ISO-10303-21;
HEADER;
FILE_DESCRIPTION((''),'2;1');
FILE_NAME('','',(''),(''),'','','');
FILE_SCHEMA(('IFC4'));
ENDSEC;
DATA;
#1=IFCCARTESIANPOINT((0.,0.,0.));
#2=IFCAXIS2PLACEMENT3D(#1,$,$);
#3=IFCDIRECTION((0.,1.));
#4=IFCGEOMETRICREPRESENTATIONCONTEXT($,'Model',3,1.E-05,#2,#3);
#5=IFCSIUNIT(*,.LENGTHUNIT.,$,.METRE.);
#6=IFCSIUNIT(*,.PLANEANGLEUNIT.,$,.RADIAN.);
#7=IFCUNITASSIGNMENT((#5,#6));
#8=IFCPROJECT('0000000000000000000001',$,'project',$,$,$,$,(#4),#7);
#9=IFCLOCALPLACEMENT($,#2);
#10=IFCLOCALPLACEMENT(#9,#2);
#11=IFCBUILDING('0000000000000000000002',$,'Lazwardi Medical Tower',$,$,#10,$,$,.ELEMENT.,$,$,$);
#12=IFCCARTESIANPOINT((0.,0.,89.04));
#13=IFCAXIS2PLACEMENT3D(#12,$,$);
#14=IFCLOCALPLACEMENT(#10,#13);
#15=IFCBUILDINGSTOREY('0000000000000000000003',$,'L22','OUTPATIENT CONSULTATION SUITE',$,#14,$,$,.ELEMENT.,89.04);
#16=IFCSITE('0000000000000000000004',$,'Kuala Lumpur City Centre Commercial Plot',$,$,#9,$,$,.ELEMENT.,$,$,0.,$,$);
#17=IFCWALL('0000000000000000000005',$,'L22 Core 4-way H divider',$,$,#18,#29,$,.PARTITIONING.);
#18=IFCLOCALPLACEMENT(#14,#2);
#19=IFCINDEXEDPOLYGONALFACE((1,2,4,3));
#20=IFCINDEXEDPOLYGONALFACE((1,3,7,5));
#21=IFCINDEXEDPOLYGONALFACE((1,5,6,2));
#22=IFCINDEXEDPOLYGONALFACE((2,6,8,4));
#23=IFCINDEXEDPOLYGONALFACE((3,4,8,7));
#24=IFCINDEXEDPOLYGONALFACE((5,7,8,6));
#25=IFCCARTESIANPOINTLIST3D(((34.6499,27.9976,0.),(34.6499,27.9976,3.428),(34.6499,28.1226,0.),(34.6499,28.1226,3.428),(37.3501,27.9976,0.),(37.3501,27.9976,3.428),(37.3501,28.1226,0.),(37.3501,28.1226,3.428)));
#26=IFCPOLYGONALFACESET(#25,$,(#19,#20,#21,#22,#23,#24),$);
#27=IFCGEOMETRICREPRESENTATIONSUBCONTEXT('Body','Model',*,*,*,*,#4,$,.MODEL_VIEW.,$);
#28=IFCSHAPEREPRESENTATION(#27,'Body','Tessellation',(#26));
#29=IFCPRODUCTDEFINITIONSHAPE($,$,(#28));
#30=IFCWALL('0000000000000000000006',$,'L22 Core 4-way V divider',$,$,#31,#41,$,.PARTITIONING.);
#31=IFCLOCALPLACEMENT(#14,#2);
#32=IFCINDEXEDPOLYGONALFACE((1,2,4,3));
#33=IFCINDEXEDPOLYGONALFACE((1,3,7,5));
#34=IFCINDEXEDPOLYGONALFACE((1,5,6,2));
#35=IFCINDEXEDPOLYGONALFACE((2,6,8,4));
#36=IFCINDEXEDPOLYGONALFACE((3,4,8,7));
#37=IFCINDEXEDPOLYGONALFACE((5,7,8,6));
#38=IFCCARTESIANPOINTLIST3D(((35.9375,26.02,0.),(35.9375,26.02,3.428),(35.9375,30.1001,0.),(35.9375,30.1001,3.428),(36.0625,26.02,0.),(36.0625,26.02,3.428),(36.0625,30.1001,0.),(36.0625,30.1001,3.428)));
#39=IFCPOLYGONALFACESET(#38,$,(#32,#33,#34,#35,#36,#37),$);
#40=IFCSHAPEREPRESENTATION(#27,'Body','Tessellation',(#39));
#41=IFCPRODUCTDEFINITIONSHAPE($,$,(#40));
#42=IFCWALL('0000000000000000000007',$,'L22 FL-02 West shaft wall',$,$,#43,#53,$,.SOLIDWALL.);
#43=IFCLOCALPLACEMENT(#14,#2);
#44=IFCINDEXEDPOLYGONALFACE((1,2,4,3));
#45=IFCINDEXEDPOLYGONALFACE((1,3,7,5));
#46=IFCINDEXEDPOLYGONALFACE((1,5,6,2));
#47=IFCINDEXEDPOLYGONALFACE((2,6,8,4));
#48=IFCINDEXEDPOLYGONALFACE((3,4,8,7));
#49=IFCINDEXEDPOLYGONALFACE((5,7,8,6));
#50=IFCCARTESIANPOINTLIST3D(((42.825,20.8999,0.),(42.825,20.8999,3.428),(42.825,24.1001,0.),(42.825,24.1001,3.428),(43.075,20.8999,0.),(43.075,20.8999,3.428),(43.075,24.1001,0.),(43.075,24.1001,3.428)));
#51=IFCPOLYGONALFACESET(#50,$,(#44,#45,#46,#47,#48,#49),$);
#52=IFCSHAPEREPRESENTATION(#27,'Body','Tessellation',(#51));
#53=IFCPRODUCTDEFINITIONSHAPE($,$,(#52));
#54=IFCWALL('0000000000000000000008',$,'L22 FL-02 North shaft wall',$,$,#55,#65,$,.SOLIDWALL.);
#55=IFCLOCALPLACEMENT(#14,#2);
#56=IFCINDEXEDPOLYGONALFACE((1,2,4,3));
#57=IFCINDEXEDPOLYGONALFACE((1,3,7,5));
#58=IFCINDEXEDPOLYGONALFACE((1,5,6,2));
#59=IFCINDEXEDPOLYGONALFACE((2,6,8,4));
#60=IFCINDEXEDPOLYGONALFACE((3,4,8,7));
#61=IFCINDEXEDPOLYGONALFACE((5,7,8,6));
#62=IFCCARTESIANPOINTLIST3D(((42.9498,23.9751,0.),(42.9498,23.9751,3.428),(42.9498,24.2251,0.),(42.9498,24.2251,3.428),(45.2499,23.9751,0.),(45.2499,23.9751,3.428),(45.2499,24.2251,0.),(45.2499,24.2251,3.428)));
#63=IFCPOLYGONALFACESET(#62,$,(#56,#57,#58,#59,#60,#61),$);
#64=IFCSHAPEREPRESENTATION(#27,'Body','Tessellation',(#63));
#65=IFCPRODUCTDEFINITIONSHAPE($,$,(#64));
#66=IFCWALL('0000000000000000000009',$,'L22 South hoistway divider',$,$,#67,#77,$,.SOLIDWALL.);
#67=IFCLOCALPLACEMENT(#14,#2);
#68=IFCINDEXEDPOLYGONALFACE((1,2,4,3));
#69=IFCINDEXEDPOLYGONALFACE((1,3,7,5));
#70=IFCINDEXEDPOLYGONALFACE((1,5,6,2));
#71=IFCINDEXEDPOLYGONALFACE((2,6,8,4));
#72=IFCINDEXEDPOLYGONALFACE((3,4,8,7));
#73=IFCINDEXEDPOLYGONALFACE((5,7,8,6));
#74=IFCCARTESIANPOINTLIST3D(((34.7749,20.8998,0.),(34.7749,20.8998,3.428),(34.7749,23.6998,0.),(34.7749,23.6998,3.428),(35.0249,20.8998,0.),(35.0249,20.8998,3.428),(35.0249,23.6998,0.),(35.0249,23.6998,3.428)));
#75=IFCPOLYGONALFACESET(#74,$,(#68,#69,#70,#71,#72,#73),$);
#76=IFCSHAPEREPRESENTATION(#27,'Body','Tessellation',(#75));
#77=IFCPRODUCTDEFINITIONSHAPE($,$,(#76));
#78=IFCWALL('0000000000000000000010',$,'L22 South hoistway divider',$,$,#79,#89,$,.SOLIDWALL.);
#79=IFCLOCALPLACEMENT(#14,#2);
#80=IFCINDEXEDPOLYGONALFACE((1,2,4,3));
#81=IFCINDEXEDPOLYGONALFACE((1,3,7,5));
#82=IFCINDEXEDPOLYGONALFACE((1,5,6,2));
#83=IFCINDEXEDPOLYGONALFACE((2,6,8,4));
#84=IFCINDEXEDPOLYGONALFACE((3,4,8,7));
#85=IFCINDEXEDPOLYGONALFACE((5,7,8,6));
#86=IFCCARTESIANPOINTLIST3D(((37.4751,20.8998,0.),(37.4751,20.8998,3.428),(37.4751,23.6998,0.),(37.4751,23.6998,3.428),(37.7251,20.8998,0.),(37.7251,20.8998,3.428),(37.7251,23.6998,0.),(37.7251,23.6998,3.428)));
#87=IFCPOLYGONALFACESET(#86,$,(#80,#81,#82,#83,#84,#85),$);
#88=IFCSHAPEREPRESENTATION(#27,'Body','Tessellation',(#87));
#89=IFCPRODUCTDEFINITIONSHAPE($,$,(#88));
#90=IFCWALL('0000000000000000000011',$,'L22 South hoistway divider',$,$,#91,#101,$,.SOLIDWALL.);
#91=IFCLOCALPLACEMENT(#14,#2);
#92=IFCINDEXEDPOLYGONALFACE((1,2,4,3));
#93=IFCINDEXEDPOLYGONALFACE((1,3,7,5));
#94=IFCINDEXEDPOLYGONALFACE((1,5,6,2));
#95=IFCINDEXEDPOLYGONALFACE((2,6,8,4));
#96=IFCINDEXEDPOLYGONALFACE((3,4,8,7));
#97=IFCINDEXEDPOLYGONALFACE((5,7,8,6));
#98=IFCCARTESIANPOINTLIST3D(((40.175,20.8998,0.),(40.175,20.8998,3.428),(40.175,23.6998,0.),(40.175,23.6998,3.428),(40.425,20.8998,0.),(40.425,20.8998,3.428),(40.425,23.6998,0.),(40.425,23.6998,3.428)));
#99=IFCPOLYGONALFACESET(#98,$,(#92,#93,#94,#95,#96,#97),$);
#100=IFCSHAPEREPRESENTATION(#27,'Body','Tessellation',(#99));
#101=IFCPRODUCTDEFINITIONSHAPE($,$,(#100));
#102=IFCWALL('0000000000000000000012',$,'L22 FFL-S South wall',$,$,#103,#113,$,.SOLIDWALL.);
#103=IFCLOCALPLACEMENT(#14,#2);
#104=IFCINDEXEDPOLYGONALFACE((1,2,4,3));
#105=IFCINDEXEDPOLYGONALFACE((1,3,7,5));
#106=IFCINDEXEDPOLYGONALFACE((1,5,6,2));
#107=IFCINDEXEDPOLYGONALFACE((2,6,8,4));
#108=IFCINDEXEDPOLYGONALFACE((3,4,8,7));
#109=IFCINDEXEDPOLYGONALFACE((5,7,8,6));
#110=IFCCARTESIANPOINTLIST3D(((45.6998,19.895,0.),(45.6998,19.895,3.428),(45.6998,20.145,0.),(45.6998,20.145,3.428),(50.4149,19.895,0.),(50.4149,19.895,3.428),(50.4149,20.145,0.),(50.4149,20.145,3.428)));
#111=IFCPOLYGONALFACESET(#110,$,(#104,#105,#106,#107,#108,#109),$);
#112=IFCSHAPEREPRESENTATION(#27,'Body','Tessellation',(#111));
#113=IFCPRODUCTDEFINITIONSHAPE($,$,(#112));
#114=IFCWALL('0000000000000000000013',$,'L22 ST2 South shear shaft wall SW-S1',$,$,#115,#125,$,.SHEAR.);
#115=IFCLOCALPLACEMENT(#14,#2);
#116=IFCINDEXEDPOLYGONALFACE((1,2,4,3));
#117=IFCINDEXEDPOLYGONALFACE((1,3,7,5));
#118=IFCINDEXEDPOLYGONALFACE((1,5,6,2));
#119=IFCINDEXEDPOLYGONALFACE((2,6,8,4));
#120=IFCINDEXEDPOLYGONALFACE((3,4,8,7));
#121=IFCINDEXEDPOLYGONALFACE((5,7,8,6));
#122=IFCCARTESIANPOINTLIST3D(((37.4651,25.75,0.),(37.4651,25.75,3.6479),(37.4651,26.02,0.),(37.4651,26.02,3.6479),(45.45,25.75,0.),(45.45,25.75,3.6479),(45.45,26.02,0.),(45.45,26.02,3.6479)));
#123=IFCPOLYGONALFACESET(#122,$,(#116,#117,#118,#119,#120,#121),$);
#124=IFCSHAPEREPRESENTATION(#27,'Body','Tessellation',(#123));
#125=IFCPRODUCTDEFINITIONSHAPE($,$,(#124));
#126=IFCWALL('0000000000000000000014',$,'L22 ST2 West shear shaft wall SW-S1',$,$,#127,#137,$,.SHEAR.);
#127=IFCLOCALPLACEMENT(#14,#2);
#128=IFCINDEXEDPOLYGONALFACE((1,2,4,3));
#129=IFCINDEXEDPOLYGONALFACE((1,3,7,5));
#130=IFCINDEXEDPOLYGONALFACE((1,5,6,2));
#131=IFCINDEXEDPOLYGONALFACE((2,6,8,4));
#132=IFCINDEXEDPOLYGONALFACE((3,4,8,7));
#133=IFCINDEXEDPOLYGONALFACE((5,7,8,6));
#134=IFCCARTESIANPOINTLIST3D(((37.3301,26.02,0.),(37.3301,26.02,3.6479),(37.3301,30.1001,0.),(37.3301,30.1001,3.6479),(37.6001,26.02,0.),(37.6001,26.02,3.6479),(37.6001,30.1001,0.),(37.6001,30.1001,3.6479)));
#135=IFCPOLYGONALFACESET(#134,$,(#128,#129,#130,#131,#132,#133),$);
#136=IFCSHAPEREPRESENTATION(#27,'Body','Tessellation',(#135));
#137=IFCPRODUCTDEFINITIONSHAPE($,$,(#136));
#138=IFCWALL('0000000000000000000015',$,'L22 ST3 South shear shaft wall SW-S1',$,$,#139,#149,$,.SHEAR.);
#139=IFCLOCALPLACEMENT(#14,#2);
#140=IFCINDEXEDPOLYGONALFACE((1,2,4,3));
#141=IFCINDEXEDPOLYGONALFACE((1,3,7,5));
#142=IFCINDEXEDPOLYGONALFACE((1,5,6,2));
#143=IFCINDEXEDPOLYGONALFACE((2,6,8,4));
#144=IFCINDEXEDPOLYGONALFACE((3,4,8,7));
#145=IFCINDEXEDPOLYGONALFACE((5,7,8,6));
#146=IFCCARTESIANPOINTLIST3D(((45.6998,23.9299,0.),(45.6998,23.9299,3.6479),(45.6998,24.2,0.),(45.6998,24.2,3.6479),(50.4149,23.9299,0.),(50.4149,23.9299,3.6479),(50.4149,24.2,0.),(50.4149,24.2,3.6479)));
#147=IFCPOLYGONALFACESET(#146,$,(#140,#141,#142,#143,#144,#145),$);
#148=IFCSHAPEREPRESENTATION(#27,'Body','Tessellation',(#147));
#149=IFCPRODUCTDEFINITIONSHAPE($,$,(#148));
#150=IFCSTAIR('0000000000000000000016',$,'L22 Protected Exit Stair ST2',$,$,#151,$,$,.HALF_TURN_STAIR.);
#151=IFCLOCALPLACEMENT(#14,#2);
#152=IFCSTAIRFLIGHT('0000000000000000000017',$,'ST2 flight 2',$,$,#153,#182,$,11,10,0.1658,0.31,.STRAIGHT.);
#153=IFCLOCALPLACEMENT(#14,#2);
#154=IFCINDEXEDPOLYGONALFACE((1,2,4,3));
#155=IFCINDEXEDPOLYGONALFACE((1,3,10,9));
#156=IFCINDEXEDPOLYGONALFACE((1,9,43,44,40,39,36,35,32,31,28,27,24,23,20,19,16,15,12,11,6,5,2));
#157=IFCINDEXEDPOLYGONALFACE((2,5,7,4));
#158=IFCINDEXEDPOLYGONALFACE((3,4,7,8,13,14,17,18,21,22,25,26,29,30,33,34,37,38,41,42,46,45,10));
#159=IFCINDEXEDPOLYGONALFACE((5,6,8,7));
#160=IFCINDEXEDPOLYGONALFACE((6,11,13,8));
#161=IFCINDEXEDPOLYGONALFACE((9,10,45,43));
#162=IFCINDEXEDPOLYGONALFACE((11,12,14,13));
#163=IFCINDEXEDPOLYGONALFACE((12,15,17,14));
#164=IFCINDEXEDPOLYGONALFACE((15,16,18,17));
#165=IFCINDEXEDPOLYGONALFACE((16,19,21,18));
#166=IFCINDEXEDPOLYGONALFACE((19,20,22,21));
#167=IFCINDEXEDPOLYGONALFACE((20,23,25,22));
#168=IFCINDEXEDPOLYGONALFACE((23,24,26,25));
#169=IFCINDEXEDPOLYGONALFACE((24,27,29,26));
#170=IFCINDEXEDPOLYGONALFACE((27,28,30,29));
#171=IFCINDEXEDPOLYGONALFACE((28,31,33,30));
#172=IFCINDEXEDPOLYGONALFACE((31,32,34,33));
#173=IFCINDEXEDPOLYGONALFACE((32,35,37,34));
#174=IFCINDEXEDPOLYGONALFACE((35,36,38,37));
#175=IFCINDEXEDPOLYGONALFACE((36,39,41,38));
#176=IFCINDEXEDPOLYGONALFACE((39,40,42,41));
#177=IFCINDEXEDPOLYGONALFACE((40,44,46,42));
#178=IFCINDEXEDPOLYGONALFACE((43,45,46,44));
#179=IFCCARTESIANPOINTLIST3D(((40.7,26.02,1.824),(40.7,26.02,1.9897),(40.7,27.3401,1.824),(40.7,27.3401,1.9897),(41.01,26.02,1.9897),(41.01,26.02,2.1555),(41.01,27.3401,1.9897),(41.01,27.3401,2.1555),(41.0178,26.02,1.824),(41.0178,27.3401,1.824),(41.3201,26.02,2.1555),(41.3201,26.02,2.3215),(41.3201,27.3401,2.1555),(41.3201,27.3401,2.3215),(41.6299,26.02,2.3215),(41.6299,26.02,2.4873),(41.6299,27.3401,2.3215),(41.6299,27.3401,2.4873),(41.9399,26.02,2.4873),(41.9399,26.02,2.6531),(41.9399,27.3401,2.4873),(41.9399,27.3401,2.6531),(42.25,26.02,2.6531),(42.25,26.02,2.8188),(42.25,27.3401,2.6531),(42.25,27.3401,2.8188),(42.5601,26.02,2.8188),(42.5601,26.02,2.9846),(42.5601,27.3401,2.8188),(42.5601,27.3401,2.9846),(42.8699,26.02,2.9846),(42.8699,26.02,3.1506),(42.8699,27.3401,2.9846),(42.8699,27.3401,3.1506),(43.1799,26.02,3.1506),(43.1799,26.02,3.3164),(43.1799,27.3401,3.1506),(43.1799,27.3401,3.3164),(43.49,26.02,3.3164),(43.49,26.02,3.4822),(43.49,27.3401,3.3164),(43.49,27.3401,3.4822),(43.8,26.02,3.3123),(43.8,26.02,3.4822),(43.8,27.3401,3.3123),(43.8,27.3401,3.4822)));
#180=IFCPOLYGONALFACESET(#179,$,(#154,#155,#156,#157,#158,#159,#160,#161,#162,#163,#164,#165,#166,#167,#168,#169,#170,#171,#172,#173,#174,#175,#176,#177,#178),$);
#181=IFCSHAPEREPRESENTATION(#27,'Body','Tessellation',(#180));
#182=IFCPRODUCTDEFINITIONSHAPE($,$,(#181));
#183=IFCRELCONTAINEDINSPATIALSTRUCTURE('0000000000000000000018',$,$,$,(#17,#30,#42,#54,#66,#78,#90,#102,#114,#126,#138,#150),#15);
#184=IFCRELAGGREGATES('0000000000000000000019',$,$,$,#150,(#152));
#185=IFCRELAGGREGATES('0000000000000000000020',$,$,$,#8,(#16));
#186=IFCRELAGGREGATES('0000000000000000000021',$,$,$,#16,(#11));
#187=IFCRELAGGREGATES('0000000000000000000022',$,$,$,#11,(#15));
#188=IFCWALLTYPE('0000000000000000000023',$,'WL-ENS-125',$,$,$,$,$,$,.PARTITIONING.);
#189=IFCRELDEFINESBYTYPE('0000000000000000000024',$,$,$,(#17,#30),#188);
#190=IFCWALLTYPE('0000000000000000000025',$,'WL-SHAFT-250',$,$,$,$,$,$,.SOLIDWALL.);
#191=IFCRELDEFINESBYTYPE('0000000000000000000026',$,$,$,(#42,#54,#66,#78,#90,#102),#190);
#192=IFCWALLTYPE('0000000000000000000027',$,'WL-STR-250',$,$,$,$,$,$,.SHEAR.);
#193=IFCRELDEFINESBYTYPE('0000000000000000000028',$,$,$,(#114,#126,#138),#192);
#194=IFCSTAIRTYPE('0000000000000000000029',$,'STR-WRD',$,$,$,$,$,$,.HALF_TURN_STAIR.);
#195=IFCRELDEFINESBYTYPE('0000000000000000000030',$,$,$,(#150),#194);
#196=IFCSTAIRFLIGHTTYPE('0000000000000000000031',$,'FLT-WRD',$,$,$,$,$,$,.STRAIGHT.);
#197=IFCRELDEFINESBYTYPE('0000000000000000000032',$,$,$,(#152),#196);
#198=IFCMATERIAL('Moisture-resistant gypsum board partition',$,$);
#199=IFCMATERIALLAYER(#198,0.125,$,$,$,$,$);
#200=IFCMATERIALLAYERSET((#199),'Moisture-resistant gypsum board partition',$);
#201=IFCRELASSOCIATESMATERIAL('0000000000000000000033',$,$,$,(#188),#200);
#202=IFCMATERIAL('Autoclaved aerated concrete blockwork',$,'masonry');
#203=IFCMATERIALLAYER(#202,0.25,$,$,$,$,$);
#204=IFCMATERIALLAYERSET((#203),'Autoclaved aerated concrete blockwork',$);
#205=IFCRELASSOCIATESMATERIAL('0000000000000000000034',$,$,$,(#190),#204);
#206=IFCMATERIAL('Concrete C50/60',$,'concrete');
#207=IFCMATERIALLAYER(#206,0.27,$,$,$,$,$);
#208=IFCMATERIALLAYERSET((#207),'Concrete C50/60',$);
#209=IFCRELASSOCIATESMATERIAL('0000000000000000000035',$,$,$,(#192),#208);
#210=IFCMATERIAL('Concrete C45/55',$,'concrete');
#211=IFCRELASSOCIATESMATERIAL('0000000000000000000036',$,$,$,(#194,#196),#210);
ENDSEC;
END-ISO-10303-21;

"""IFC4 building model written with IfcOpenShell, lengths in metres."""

from ifc_helpers import new_model, si_unit, direction, frame, frame_2d, origin, place, context, subcontext, project, spatial, polyline, rectangle, outline, extrude, material, layer, layer_set, type_object, element, aggregate, save


model = new_model("IFC4")

# Units and contexts
model_context = context("Model", 3, precision=1e-05, world=origin(), true_north=direction((0.0, 1.0)))
body_context = subcontext(model_context, "Body", "Model", "MODEL_VIEW")
ifc_project = project(units=[si_unit("LENGTHUNIT", "METRE"), si_unit("PLANEANGLEUNIT", "RADIAN")], contexts=[model_context])

# Site, building, storey
site_placement = place(None, origin())
site = spatial("IfcSite", under=ifc_project, at=site_placement, Name="Kuala Lumpur City Centre Commercial Plot", CompositionType="ELEMENT", RefElevation=0.0)
building_placement = place(site_placement, origin())
building = spatial("IfcBuilding", under=site, at=building_placement, Name="Lazwardi Medical Tower", CompositionType="ELEMENT")
storey_placement = place(building_placement, frame((0.0, 0.0, 89.04)))
storey = spatial("IfcBuildingStorey", under=building, at=storey_placement, Name="L22", Description="OUTPATIENT CONSULTATION SUITE", CompositionType="ELEMENT", Elevation=89.04)

# Walls
ifc_material_1 = material(Name="Moisture-resistant gypsum board partition")
ifc_layer_1 = layer(ifc_material_1, 0.125)
ifc_layer_set_1 = layer_set([ifc_layer_1], Name="Moisture-resistant gypsum board partition")
wall_type_1 = type_object("IfcWallType", Name="WL-ENS-125", PredefinedType="PARTITIONING", material=ifc_layer_set_1)
wall_1_placement = place(storey_placement, frame((34.6499, 28.0601, 0.0), z_axis=(0.0, 0.0, 1.0), x_axis=(1.0, 0.0, 0.0)))
element("IfcWall", 1, at=wall_1_placement, inside=storey, type_object=wall_type_1, Name="L22 Core 4-way H divider", PredefinedType="PARTITIONING", context=body_context, shape_type="SweptSolid", body=[
    extrude(rectangle(XDim=2.7002, YDim=0.125, at=frame_2d((1.3501, 0.0))), origin(), (0.0, 0.0, 1.0), 3.428),
])
wall_2_placement = place(storey_placement, frame((36.0, 26.02, 0.0), z_axis=(0.0, 0.0, 1.0), x_axis=(0.0, 1.0, 0.0)))
element("IfcWall", 2, at=wall_2_placement, inside=storey, type_object=wall_type_1, Name="L22 Core 4-way V divider", PredefinedType="PARTITIONING", context=body_context, shape_type="SweptSolid", body=[
    extrude(rectangle(XDim=4.0801, YDim=0.125, at=frame_2d((2.04, 0.0))), origin(), (0.0, 0.0, 1.0), 3.428),
])
ifc_material_2 = material(Name="Autoclaved aerated concrete blockwork", Category="masonry")
ifc_layer_2 = layer(ifc_material_2, 0.25)
ifc_layer_set_2 = layer_set([ifc_layer_2], Name="Autoclaved aerated concrete blockwork")
wall_type_2 = type_object("IfcWallType", Name="WL-SHAFT-250", PredefinedType="SOLIDWALL", material=ifc_layer_set_2)
wall_3_placement = place(storey_placement, frame((42.95, 20.8999, 0.0), z_axis=(0.0, 0.0, 1.0), x_axis=(0.0, 1.0, 0.0)))
element("IfcWall", 3, at=wall_3_placement, inside=storey, type_object=wall_type_2, Name="L22 FL-02 West shaft wall", PredefinedType="SOLIDWALL", context=body_context, shape_type="SweptSolid", body=[
    extrude(rectangle(XDim=3.2002, YDim=0.25, at=frame_2d((1.6001, 0.0))), origin(), (0.0, 0.0, 1.0), 3.428),
])
wall_4_placement = place(storey_placement, frame((42.95, 24.1001, 0.0), z_axis=(0.0, 0.0, 1.0), x_axis=(1.0, 0.0, 0.0)))
element("IfcWall", 4, at=wall_4_placement, inside=storey, type_object=wall_type_2, Name="L22 FL-02 North shaft wall", PredefinedType="SOLIDWALL", context=body_context, shape_type="SweptSolid", body=[
    extrude(rectangle(XDim=2.3, YDim=0.25, at=frame_2d((1.1499, 0.0))), origin(), (0.0, 0.0, 1.0), 3.428),
])
for number, where, z_axis, x_axis, name in (
    (5, (34.8999, 20.8999, 0.0), (0.0, 0.0, 1.0), (0.0, 1.0, 0.0), "L22 South hoistway divider"),
    (6, (37.6001, 20.8999, 0.0), (0.0, 0.0, 1.0), (0.0, 1.0, 0.0), "L22 South hoistway divider"),
    (7, (40.3, 20.8999, 0.0), (0.0, 0.0, 1.0), (0.0, 1.0, 0.0), "L22 South hoistway divider"),
):
    element("IfcWall", number, at=place(storey_placement, frame(where, z_axis=z_axis, x_axis=x_axis)), inside=storey, type_object=wall_type_2, Name=name, PredefinedType="SOLIDWALL", context=body_context, shape_type="SweptSolid", body=[
        extrude(rectangle(XDim=2.8, YDim=0.25, at=frame_2d((1.3999, 0.0))), origin(), (0.0, 0.0, 1.0), 3.428),
    ])
wall_5_placement = place(storey_placement, frame((45.7, 20.02, 0.0), z_axis=(0.0, 0.0, 1.0), x_axis=(1.0, 0.0, 0.0)))
element("IfcWall", 8, at=wall_5_placement, inside=storey, type_object=wall_type_2, Name="L22 FFL-S South wall", PredefinedType="SOLIDWALL", context=body_context, shape_type="SweptSolid", body=[
    extrude(rectangle(XDim=4.7151, YDim=0.25, at=frame_2d((2.3574, 0.0))), origin(), (0.0, 0.0, 1.0), 3.428),
])
ifc_material_3 = material(Name="Concrete C50/60", Category="concrete")
ifc_layer_3 = layer(ifc_material_3, 0.27)
ifc_layer_set_3 = layer_set([ifc_layer_3], Name="Concrete C50/60")
wall_type_3 = type_object("IfcWallType", Name="WL-STR-250", PredefinedType="SHEAR", material=ifc_layer_set_3)
wall_6_placement = place(storey_placement, frame((37.4651, 25.885, 0.0), z_axis=(0.0, 0.0, 1.0), x_axis=(1.0, 0.0, 0.0)))
element("IfcWall", 9, at=wall_6_placement, inside=storey, type_object=wall_type_3, Name="L22 ST2 South shear shaft wall SW-S1", PredefinedType="SHEAR", context=body_context, shape_type="SweptSolid", body=[
    extrude(rectangle(XDim=7.9849, YDim=0.27, at=frame_2d((3.9924, 0.0))), origin(), (0.0, 0.0, 1.0), 3.6479),
])
wall_7_placement = place(storey_placement, frame((37.4651, 26.02, 0.0), z_axis=(0.0, 0.0, 1.0), x_axis=(0.0, 1.0, 0.0)))
element("IfcWall", 10, at=wall_7_placement, inside=storey, type_object=wall_type_3, Name="L22 ST2 West shear shaft wall SW-S1", PredefinedType="SHEAR", context=body_context, shape_type="SweptSolid", body=[
    extrude(rectangle(XDim=4.0801, YDim=0.27, at=frame_2d((2.04, 0.0))), origin(), (0.0, 0.0, 1.0), 3.6479),
])
wall_8_placement = place(storey_placement, frame((45.7, 24.0649, 0.0), z_axis=(0.0, 0.0, 1.0), x_axis=(1.0, 0.0, 0.0)))
element("IfcWall", 11, at=wall_8_placement, inside=storey, type_object=wall_type_3, Name="L22 ST3 South shear shaft wall SW-S1", PredefinedType="SHEAR", context=body_context, shape_type="SweptSolid", body=[
    extrude(rectangle(XDim=4.7151, YDim=0.27, at=frame_2d((2.3574, 0.0))), origin(), (0.0, 0.0, 1.0), 3.6479),
])

# Stair, stair flight
ifc_material_4 = material(Name="Concrete C45/55", Category="concrete")
stair_type = type_object("IfcStairType", Name="STR-WRD", PredefinedType="HALF_TURN_STAIR", material=ifc_material_4)
stair_placement = place(storey_placement, origin())
stair = element("IfcStair", 12, at=stair_placement, inside=storey, type_object=stair_type, Name="L22 Protected Exit Stair ST2", PredefinedType="HALF_TURN_STAIR")
stair_flight_type = type_object("IfcStairFlightType", Name="FLT-WRD", PredefinedType="STRAIGHT", material=ifc_material_4)
stair_flight_placement = place(storey_placement, frame((40.7, 26.6799, 1.824), z_axis=(0.0, 0.0, 1.0), x_axis=(1.0, 0.0, 0.0)))
stair_flight = element("IfcStairFlight", 13, at=stair_flight_placement, type_object=stair_flight_type, Name="ST2 flight 2", NumberOfRisers=11, NumberOfTreads=10, PredefinedType="STRAIGHT", RiserHeight=0.1658, TreadLength=0.31, context=body_context, shape_type="SweptSolid", body=[
    extrude(outline(polyline([(0.0, 0.0), (0.0, 0.1658), (0.3101, 0.1658), (0.3101, 0.3315), (0.6201, 0.3315), (0.6201, 0.4976), (0.9299, 0.4976), (0.9299, 0.6633), (1.24, 0.6633), (1.24, 0.8291), (1.55, 0.8291), (1.55, 0.9949), (1.8601, 0.9949), (1.8601, 1.1606), (2.1699, 1.1606), (2.1699, 1.3267), (2.48, 1.3267), (2.48, 1.4924), (2.79, 1.4924), (2.79, 1.6582), (3.1001, 1.6582), (3.1001, 1.824), (3.1001, 1.4883), (0.3179, 0.0), (0.0, 0.0)])), frame((0.0, 0.6602, 0.0), z_axis=(0.0, -1.0, 0.0), x_axis=(1.0, 0.0, 0.0)), (0.0, 0.0, 1.0), 1.3201),
])
aggregate(stair, [stair_flight])

save(model, "model.ifc")
